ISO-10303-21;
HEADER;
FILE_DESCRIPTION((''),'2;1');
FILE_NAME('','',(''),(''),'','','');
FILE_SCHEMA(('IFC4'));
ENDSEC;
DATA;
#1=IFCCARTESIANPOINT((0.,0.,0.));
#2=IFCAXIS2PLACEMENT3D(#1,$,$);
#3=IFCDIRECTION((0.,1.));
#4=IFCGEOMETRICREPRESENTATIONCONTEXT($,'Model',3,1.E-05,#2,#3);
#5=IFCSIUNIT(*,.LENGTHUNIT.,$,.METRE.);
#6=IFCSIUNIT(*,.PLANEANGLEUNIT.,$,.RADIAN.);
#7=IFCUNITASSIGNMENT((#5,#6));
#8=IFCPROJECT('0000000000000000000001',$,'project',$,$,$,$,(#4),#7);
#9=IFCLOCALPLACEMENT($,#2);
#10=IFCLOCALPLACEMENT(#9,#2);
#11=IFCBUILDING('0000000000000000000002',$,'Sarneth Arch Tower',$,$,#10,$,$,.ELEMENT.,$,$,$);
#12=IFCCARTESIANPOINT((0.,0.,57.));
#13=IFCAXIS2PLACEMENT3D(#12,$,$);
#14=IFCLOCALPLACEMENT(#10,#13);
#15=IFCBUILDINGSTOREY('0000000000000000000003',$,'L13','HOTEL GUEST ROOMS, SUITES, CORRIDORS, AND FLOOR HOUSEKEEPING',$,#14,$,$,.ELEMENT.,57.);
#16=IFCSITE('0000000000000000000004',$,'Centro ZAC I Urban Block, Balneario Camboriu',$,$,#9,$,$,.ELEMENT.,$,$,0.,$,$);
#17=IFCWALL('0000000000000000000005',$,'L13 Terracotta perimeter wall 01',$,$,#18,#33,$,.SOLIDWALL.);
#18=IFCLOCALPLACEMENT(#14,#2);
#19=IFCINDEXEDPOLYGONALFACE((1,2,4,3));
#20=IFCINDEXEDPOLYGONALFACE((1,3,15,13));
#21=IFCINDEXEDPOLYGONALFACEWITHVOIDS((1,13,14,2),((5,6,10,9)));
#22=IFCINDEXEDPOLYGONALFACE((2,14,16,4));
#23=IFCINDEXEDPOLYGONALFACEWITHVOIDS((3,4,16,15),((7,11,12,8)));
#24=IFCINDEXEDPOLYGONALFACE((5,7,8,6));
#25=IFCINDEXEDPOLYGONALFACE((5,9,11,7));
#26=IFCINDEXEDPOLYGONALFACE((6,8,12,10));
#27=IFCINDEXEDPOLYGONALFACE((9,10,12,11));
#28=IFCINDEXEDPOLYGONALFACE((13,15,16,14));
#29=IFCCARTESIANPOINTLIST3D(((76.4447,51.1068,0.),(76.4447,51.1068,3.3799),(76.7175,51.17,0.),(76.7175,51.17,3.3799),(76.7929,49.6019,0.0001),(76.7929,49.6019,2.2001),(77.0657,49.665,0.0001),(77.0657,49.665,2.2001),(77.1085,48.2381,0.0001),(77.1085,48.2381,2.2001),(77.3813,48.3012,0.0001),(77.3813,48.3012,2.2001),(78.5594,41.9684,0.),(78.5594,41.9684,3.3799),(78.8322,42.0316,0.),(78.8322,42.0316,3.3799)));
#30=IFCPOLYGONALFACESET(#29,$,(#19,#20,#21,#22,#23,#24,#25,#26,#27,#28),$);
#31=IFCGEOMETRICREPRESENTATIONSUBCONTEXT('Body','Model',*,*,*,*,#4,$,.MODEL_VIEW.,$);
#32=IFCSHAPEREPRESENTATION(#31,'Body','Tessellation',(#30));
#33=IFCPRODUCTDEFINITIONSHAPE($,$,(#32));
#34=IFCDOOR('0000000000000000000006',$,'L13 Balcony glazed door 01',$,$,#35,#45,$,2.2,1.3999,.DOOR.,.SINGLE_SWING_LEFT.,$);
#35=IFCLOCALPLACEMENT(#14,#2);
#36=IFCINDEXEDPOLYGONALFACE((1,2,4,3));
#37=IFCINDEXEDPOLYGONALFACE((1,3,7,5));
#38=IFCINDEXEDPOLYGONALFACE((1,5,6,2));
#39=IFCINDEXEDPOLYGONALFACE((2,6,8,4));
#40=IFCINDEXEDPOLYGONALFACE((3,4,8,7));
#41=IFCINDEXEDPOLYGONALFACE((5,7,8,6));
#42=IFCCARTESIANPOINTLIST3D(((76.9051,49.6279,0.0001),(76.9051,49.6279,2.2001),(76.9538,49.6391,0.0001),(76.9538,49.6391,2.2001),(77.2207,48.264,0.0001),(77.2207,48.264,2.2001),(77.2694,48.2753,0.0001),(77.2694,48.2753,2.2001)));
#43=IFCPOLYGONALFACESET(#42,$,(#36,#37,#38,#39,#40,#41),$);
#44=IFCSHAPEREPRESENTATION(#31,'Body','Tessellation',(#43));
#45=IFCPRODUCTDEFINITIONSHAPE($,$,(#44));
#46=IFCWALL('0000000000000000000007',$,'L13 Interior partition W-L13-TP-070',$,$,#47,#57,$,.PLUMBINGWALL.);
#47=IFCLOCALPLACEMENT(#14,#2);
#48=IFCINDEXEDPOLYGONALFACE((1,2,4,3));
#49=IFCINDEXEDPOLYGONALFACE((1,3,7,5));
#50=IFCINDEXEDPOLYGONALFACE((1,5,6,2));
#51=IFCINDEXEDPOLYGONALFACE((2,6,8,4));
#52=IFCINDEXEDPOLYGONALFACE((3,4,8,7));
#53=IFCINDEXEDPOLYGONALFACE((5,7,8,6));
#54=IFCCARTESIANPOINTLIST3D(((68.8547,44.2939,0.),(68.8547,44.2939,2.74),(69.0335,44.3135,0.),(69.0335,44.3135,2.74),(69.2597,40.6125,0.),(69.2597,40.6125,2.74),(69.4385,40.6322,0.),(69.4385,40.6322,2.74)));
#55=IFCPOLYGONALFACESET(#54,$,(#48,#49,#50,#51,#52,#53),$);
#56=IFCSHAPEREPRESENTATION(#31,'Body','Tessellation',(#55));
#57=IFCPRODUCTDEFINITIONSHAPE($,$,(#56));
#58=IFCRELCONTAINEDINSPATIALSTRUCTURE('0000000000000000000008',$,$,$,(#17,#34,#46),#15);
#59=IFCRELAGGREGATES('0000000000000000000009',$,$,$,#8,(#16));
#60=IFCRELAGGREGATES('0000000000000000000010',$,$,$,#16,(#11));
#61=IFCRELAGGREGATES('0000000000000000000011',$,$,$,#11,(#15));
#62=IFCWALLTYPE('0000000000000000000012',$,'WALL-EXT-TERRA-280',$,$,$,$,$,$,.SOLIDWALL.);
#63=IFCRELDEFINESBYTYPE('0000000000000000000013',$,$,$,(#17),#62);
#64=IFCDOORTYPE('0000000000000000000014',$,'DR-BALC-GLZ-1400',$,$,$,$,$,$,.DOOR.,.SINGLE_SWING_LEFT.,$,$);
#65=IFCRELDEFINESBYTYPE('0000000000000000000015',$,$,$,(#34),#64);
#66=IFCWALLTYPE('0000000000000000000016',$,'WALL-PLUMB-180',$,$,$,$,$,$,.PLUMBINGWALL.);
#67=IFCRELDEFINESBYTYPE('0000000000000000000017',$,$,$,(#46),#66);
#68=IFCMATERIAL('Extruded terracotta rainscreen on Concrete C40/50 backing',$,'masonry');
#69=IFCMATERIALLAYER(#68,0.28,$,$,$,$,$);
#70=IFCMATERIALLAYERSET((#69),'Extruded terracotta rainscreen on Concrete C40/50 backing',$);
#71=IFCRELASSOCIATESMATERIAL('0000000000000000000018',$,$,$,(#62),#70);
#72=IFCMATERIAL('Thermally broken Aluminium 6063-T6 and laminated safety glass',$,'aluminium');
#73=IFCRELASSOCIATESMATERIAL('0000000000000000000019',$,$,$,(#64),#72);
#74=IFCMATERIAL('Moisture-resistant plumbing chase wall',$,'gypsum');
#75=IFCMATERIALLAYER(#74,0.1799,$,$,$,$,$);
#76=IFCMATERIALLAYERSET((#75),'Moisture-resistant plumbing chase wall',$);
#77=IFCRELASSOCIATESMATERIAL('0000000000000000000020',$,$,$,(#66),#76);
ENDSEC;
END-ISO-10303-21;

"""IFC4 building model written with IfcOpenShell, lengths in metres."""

from ifc_helpers import new_model, si_unit, direction, frame, frame_2d, origin, place, context, subcontext, project, spatial, rectangle, extrude, material, layer, layer_set, type_object, element, fill, save


model = new_model("IFC4")

# Units and contexts
model_context = context("Model", 3, precision=1e-05, world=origin(), true_north=direction((0.0, 1.0)))
body_context = subcontext(model_context, "Body", "Model", "MODEL_VIEW")
ifc_project = project(units=[si_unit("LENGTHUNIT", "METRE"), si_unit("PLANEANGLEUNIT", "RADIAN")], contexts=[model_context])

# Site, building, storey
site_placement = place(None, origin())
site = spatial("IfcSite", under=ifc_project, at=site_placement, Name="Centro ZAC I Urban Block, Balneario Camboriu", CompositionType="ELEMENT", RefElevation=0.0)
building_placement = place(site_placement, origin())
building = spatial("IfcBuilding", under=site, at=building_placement, Name="Sarneth Arch Tower", CompositionType="ELEMENT")
storey_placement = place(building_placement, frame((0.0, 0.0, 57.0)))
storey = spatial("IfcBuildingStorey", under=building, at=storey_placement, Name="L13", Description="HOTEL GUEST ROOMS, SUITES, CORRIDORS, AND FLOOR HOUSEKEEPING", CompositionType="ELEMENT", Elevation=57.0)

# Wall, opening, door
ifc_material_1 = material(Name="Extruded terracotta rainscreen on Concrete C40/50 backing", Category="masonry")
ifc_layer_1 = layer(ifc_material_1, 0.28)
ifc_layer_set_1 = layer_set([ifc_layer_1], Name="Extruded terracotta rainscreen on Concrete C40/50 backing")
wall_type_1 = type_object("IfcWallType", Name="WALL-EXT-TERRA-280", PredefinedType="SOLIDWALL", material=ifc_layer_set_1)
wall_1_placement = place(storey_placement, frame((78.6958, 42.0, 0.0), z_axis=(0.0, 0.0, 1.0), x_axis=(-0.225454, 0.974254, 0.0)))
wall_1 = element("IfcWall", 1, at=wall_1_placement, inside=storey, type_object=wall_type_1, Name="L13 Terracotta perimeter wall 01", PredefinedType="SOLIDWALL", context=body_context, shape_type="SweptSolid", body=[
    extrude(rectangle(XDim=9.3799, YDim=0.28, at=frame_2d((4.6899, 0.0))), origin(), (0.0, 0.0, 1.0), 3.3799),
])
opening_placement = place(wall_1_placement, frame((6.4353, 0.0, 0.0)))
opening = element("IfcOpeningElement", 2, at=opening_placement, cuts=wall_1, PredefinedType="OPENING", context=body_context, shape_type="SweptSolid", body=[
    extrude(rectangle(XDim=1.3999, YDim=2.2, at=frame_2d((0.7, 1.1001))), frame((0.0, 0.1499, 0.0), z_axis=(0.0, -1.0, 0.0), x_axis=(1.0, 0.0, 0.0)), (0.0, 0.0, 1.0), 0.3),
])
ifc_material_2 = material(Name="Thermally broken Aluminium 6063-T6 and laminated safety glass", Category="aluminium")
door_type = type_object("IfcDoorType", Name="DR-BALC-GLZ-1400", OperationType="SINGLE_SWING_LEFT", PredefinedType="DOOR", material=ifc_material_2)
door_placement = place(opening_placement, origin())
door = element("IfcDoor", 3, at=door_placement, inside=storey, type_object=door_type, Name="L13 Balcony glazed door 01", OperationType="SINGLE_SWING_LEFT", OverallHeight=2.2, OverallWidth=1.3999, PredefinedType="DOOR", context=body_context, shape_type="SweptSolid", body=[
    extrude(rectangle(XDim=1.3999, YDim=2.2, at=frame_2d((0.7, 1.1001))), frame((0.0, 0.0249, 0.0), z_axis=(0.0, -1.0, 0.0), x_axis=(1.0, 0.0, 0.0)), (0.0, 0.0, 1.0), 0.05),
])
fill(opening, door)

# Wall
ifc_material_3 = material(Name="Moisture-resistant plumbing chase wall", Category="gypsum")
ifc_layer_2 = layer(ifc_material_3, 0.1799)
ifc_layer_set_2 = layer_set([ifc_layer_2], Name="Moisture-resistant plumbing chase wall")
wall_type_2 = type_object("IfcWallType", Name="WALL-PLUMB-180", PredefinedType="PLUMBINGWALL", material=ifc_layer_set_2)
wall_2_placement = place(storey_placement, frame((68.9441, 44.3037, 0.0), z_axis=(0.0, 0.0, 1.0), x_axis=(0.109361, -0.994002, 0.0)))
element("IfcWall", 4, at=wall_2_placement, inside=storey, type_object=wall_type_2, Name="L13 Interior partition W-L13-TP-070", PredefinedType="PLUMBINGWALL", context=body_context, shape_type="SweptSolid", body=[
    extrude(rectangle(XDim=3.7036, YDim=0.1799, at=frame_2d((1.8518, 0.0))), origin(), (0.0, 0.0, 1.0), 2.74),
])

save(model, "model.ifc")
